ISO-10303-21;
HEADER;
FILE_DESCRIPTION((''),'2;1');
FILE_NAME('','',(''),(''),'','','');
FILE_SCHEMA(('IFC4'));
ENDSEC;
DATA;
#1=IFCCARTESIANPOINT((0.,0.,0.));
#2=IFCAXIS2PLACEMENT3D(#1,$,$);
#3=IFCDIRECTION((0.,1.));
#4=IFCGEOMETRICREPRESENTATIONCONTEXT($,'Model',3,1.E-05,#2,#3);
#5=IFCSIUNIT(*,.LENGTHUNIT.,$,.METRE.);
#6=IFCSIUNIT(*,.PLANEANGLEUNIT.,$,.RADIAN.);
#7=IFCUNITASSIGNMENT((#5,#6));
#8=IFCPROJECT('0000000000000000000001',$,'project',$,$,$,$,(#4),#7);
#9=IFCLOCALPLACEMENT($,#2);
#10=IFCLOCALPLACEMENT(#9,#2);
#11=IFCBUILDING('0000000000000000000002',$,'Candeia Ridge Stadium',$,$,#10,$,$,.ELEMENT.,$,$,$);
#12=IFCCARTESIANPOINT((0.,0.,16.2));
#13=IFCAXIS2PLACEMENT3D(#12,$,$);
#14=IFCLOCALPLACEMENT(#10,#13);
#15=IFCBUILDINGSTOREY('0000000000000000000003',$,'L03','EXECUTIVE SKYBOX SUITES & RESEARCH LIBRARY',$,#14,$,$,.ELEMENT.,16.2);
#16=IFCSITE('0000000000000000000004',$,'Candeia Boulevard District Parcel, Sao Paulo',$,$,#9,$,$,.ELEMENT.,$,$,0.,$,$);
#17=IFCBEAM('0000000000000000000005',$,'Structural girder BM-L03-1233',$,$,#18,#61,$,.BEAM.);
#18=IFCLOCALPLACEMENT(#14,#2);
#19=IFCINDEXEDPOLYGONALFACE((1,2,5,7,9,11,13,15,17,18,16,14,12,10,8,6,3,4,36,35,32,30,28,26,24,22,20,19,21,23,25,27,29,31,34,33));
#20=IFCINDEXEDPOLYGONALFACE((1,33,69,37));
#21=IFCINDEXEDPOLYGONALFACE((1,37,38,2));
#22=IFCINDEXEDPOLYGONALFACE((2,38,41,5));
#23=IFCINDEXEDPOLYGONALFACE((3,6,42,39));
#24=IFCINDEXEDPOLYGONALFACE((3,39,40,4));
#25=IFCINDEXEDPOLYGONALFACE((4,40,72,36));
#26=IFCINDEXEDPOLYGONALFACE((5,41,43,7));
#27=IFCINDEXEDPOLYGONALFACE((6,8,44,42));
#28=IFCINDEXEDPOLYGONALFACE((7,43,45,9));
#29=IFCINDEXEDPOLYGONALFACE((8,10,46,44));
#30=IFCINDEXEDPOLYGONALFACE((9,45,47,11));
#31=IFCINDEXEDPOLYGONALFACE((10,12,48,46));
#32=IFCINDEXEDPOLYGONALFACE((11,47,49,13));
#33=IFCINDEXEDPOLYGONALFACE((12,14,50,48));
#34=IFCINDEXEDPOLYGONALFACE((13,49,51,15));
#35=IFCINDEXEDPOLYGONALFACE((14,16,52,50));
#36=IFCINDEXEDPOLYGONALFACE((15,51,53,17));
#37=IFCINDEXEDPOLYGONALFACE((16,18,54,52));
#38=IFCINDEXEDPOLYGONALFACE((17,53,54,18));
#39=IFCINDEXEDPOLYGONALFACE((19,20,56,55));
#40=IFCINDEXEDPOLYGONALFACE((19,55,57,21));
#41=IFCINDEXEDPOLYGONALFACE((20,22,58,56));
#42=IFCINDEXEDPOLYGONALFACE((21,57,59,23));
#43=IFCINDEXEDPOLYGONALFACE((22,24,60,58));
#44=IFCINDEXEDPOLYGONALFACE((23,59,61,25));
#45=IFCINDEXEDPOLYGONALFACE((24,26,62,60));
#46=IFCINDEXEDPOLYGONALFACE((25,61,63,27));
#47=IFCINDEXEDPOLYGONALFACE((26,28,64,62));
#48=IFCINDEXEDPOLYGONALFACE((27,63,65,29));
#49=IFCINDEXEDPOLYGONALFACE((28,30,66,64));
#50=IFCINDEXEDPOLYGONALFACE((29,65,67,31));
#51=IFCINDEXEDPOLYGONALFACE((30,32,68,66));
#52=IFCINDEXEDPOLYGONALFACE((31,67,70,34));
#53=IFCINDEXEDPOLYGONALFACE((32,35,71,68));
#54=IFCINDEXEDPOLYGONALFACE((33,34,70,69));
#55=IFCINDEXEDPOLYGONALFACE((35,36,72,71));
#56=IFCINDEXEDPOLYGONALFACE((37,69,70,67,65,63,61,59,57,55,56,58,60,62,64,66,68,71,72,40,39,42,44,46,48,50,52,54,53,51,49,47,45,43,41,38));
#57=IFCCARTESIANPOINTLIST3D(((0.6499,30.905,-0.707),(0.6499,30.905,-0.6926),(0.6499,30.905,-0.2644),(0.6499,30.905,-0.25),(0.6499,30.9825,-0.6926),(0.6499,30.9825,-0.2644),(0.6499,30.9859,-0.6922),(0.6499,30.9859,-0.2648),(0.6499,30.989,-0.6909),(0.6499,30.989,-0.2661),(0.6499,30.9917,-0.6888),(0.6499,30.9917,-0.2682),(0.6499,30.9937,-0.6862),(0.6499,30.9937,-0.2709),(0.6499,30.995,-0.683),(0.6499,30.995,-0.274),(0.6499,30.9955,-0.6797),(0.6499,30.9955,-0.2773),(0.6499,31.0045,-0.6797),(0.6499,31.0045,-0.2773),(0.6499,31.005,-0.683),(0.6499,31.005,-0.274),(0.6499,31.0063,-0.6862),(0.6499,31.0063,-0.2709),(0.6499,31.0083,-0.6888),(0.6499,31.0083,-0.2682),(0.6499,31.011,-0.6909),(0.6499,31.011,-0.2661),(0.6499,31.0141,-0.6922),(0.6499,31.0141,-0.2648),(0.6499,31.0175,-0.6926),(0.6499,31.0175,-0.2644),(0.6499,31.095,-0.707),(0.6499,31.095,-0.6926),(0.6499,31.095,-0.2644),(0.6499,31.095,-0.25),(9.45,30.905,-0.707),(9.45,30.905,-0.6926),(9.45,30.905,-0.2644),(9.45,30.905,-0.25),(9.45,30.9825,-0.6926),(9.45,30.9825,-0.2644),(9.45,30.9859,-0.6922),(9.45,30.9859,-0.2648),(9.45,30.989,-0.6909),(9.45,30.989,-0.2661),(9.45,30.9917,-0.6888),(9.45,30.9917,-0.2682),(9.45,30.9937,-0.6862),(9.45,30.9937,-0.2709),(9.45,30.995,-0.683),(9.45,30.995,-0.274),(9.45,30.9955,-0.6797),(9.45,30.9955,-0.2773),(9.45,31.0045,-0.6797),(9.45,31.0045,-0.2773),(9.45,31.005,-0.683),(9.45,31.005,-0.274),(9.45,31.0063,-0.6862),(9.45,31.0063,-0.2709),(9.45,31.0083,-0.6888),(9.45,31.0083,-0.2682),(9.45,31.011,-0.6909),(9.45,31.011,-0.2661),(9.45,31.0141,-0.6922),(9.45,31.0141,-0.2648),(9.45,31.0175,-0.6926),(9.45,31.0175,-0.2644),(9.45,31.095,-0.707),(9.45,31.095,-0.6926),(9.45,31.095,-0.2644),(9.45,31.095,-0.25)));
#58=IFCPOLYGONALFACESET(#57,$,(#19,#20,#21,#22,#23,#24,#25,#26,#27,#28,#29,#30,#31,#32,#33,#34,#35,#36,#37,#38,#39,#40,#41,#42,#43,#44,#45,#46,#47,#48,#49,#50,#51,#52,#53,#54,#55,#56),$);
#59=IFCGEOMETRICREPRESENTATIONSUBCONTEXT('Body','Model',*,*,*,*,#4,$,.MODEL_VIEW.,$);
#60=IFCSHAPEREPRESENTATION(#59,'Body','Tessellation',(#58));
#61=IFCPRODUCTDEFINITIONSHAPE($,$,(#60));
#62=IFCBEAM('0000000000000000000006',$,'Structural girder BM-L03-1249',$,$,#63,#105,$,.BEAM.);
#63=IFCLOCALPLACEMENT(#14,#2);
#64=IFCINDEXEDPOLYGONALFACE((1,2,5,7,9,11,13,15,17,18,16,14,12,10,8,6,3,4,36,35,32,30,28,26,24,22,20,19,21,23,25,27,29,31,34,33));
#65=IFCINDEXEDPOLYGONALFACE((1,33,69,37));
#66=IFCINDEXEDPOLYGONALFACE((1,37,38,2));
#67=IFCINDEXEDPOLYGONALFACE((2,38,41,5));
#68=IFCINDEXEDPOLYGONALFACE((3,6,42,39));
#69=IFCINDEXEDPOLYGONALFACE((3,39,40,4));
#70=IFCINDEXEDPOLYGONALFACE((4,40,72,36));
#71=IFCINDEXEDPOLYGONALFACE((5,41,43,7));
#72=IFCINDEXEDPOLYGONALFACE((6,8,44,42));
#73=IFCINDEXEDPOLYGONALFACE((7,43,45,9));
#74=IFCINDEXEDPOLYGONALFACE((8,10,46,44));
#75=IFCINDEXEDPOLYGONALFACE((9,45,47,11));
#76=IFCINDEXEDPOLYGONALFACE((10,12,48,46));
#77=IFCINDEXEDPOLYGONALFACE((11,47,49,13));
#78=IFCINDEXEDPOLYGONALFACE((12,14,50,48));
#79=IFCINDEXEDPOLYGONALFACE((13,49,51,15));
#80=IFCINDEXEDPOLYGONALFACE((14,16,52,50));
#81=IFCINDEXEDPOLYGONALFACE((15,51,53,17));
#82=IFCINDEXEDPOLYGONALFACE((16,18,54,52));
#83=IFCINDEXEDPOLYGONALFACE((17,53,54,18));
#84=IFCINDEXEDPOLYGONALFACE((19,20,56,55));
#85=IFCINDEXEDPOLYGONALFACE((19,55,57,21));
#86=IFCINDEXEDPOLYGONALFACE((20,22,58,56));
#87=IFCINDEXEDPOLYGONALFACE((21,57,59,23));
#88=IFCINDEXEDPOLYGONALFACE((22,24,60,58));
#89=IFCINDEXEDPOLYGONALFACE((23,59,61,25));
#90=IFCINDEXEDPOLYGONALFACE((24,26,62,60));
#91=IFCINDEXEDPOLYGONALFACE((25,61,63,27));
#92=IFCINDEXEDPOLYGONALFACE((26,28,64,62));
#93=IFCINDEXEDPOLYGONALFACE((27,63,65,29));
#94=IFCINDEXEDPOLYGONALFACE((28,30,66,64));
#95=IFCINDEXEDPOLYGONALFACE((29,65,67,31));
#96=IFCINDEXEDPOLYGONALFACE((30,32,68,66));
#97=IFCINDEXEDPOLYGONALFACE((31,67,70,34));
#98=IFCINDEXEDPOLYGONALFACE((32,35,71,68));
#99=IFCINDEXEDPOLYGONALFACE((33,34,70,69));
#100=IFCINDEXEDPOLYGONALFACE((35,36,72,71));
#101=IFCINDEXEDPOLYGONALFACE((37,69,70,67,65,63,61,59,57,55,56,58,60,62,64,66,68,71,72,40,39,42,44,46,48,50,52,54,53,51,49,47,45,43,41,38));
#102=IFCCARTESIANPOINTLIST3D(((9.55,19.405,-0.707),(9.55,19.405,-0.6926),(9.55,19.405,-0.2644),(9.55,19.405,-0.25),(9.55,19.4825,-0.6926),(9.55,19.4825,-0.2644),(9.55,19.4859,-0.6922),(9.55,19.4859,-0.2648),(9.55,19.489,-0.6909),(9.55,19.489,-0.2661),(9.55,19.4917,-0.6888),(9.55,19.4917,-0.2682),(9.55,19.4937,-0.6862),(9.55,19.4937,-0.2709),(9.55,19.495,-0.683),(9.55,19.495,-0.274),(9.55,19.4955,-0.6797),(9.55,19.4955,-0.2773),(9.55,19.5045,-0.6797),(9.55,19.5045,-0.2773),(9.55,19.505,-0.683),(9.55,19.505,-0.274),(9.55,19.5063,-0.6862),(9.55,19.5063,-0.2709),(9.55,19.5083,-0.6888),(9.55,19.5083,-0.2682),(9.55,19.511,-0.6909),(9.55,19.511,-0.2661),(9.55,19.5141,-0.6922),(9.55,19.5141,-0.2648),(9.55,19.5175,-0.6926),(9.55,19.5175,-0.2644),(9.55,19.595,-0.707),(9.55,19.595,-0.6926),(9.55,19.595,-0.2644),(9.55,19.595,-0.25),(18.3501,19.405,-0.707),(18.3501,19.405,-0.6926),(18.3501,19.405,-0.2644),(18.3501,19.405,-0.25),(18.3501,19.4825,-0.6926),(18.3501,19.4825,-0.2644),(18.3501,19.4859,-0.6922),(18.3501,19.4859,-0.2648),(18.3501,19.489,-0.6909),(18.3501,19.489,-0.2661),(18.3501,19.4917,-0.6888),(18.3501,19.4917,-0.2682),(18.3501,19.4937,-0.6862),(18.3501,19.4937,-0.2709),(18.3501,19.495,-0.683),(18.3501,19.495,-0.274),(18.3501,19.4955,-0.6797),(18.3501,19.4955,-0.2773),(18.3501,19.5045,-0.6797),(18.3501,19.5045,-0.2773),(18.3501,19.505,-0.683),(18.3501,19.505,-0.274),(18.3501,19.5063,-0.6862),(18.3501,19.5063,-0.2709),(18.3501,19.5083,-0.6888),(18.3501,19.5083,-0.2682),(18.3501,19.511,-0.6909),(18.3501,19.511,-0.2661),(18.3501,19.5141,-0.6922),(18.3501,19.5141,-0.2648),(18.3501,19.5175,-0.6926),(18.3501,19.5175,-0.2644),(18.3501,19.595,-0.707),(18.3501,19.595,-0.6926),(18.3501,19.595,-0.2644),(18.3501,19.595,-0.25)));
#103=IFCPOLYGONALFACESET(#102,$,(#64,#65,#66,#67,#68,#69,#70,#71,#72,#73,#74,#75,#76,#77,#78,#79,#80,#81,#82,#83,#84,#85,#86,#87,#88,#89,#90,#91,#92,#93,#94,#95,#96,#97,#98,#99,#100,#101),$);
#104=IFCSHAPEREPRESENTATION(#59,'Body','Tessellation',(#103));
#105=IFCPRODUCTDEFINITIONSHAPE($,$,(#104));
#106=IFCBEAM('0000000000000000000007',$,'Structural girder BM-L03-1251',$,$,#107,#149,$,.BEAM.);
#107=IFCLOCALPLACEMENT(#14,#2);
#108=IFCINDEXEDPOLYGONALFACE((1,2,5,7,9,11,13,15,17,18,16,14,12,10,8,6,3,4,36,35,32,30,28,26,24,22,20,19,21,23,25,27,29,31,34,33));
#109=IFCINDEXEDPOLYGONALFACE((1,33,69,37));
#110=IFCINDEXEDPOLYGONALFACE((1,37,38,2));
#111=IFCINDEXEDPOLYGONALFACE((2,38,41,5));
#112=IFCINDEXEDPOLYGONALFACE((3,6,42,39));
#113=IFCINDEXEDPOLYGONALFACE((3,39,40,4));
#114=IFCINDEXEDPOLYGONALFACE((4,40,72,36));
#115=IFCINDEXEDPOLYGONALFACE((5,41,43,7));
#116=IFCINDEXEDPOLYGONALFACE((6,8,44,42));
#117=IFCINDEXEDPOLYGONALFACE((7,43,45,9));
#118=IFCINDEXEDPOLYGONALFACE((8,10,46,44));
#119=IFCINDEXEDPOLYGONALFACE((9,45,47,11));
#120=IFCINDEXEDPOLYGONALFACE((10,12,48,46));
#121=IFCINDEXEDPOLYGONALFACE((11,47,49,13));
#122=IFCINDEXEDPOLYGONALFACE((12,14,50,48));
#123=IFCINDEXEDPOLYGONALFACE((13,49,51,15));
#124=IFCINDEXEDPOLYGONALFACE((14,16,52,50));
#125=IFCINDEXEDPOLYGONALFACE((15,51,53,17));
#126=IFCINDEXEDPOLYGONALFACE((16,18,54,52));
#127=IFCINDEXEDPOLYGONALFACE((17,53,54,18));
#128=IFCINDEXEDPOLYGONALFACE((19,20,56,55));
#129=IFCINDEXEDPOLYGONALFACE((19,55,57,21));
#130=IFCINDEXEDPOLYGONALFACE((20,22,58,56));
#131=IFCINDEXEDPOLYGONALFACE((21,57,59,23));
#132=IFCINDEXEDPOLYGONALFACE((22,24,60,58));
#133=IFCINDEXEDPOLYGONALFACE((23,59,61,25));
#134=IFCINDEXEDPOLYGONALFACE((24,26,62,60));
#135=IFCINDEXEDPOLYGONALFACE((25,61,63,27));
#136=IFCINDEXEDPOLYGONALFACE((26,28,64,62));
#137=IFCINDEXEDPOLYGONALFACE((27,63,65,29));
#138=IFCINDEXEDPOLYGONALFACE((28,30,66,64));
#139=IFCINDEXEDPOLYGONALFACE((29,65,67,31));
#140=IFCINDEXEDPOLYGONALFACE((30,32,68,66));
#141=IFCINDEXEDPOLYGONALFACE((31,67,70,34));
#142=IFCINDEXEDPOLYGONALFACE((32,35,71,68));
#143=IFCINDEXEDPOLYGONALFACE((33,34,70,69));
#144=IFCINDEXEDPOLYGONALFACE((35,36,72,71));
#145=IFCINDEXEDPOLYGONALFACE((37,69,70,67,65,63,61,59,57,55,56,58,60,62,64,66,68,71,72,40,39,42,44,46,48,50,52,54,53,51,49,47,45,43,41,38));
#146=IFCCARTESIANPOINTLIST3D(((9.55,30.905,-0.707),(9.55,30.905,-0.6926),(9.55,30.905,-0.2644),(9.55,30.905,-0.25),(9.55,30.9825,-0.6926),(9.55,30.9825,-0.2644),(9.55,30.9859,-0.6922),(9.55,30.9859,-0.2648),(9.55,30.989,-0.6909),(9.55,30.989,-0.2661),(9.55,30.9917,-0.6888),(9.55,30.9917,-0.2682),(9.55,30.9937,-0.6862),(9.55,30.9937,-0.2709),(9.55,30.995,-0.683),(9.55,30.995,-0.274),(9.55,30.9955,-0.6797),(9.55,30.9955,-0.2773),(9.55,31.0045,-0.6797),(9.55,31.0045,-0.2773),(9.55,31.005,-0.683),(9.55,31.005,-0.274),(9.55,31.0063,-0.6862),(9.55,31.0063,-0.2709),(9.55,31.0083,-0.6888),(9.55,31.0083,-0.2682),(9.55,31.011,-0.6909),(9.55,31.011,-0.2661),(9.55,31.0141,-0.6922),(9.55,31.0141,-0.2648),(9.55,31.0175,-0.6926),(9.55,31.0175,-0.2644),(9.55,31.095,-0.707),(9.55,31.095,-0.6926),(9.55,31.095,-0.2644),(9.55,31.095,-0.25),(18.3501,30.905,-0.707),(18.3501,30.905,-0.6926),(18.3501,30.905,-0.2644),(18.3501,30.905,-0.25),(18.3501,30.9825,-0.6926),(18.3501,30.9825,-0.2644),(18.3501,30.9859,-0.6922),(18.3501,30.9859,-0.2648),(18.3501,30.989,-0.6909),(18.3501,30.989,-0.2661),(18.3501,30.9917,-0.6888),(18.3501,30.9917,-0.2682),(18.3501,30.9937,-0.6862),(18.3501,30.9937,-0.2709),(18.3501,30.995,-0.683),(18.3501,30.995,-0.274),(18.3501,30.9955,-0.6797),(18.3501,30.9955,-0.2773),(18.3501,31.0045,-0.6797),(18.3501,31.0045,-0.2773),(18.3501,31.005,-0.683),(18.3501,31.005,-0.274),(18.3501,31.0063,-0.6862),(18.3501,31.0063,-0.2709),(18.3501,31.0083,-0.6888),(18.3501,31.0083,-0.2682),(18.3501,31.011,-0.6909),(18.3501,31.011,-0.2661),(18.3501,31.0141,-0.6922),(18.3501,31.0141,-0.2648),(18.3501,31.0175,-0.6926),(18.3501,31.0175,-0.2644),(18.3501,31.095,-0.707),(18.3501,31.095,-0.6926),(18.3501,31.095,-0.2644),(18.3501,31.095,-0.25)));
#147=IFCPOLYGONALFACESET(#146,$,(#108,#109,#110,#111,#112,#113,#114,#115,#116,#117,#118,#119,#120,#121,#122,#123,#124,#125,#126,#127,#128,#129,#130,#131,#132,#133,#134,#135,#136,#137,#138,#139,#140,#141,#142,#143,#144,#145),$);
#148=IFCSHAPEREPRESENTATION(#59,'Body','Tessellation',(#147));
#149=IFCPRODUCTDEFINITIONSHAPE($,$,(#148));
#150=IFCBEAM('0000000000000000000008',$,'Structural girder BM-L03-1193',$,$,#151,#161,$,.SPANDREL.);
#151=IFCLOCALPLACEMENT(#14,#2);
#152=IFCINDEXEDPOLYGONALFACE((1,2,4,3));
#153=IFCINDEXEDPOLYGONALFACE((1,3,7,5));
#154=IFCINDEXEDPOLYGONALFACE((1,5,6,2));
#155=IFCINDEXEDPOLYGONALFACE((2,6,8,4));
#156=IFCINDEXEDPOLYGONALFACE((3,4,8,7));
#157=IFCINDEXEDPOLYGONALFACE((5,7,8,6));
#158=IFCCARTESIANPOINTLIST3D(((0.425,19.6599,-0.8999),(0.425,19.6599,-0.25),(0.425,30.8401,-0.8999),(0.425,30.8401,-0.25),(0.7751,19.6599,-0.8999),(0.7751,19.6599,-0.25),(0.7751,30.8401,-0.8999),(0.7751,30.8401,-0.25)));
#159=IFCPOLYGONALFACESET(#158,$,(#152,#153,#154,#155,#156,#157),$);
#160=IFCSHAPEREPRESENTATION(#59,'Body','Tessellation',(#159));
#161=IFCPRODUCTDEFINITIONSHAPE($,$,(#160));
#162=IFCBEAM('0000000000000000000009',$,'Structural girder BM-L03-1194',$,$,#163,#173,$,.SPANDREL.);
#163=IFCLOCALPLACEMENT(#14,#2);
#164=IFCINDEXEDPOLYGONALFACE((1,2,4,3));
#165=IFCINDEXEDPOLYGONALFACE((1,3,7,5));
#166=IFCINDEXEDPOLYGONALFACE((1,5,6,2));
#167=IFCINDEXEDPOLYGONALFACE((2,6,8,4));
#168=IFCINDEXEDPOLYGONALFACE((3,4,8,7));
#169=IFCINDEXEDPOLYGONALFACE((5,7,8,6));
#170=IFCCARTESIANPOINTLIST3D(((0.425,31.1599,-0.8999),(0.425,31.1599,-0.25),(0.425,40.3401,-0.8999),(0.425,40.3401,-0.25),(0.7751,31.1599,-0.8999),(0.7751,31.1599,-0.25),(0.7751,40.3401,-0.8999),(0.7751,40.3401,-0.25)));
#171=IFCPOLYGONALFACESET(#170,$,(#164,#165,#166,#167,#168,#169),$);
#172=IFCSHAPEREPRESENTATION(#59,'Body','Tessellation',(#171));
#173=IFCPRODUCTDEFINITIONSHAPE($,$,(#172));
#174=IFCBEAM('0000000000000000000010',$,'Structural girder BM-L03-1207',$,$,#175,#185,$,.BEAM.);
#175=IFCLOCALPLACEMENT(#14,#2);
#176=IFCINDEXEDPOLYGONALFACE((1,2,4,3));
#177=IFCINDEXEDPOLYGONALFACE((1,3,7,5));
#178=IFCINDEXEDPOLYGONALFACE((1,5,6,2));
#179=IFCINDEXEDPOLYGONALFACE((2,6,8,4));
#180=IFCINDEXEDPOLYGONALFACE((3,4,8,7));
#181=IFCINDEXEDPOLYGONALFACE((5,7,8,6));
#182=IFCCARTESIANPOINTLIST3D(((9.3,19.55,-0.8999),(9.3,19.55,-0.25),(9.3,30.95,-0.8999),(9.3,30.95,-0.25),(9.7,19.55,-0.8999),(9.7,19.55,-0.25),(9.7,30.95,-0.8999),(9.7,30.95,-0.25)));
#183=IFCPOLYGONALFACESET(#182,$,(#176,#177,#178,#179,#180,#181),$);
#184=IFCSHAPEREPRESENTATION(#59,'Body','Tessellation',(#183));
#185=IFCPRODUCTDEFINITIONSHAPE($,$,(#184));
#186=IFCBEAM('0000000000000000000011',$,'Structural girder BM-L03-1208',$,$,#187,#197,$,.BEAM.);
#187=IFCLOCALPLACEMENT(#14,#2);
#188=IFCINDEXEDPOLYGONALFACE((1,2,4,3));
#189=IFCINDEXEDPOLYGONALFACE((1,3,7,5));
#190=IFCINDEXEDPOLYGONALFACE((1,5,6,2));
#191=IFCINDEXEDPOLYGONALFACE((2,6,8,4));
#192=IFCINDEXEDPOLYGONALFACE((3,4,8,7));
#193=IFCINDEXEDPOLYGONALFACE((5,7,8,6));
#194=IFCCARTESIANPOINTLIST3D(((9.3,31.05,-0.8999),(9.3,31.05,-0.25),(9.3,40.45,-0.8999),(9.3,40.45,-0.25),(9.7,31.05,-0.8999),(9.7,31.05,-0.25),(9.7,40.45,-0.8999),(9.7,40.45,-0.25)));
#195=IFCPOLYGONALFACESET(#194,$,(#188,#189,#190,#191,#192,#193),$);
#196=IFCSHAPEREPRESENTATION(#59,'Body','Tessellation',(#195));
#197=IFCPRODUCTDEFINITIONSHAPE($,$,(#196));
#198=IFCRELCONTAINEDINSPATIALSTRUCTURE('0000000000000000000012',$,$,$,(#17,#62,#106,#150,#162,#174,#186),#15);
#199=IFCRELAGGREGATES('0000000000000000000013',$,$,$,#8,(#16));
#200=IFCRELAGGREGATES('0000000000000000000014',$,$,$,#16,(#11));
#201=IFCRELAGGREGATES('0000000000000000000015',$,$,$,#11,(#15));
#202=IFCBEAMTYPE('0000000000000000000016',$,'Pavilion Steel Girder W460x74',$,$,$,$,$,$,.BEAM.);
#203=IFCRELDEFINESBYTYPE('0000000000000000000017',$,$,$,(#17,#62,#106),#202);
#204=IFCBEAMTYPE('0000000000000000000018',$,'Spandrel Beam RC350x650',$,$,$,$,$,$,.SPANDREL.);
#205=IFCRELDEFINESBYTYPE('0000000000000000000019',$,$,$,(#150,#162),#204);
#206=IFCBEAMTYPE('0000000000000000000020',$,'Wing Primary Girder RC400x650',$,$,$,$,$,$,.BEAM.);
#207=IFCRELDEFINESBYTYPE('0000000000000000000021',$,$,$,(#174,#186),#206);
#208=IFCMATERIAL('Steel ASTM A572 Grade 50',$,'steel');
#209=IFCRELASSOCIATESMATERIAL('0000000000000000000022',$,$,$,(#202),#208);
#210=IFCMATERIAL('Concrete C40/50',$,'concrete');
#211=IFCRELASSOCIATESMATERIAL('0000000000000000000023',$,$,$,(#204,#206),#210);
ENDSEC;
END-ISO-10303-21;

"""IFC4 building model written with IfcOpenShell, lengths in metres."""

from ifc_helpers import new_model, si_unit, direction, frame, origin, origin_2d, place, context, subcontext, project, spatial, rectangle, i_section, extrude, material, material_profile, profile_set, type_object, element, save


model = new_model("IFC4")

# Units and contexts
model_context = context("Model", 3, precision=1e-05, world=origin(), true_north=direction((0.0, 1.0)))
body_context = subcontext(model_context, "Body", "Model", "MODEL_VIEW")
ifc_project = project(units=[si_unit("LENGTHUNIT", "METRE"), si_unit("PLANEANGLEUNIT", "RADIAN")], contexts=[model_context])

# Site, building, storey
site_placement = place(None, origin())
site = spatial("IfcSite", under=ifc_project, at=site_placement, Name="Candeia Boulevard District Parcel, Sao Paulo", CompositionType="ELEMENT", RefElevation=0.0)
building_placement = place(site_placement, origin())
building = spatial("IfcBuilding", under=site, at=building_placement, Name="Candeia Ridge Stadium", CompositionType="ELEMENT")
storey_placement = place(building_placement, frame((0.0, 0.0, 16.2)))
storey = spatial("IfcBuildingStorey", under=building, at=storey_placement, Name="L03", Description="EXECUTIVE SKYBOX SUITES & RESEARCH LIBRARY", CompositionType="ELEMENT", Elevation=16.2)

# Shared definitions
ifc_material_1 = material(Name="Concrete C40/50", Category="concrete")

# Beams
ifc_material_2 = material(Name="Steel ASTM A572 Grade 50", Category="steel")
ifc_material_profile_1 = material_profile(ifc_material_2, i_section(OverallWidth=0.1899, OverallDepth=0.457, WebThickness=0.009, FlangeThickness=0.0144, FilletRadius=0.0129, at=origin_2d()), Name="W460x74", Category="steel")
ifc_profile_set_1 = profile_set([ifc_material_profile_1], Name="Steel ASTM A572 Grade 50")
beam_type_1 = type_object("IfcBeamType", Name="Pavilion Steel Girder W460x74", PredefinedType="BEAM", material=ifc_profile_set_1)
for number, where, z_axis, x_axis, name in (
    (1, (0.6499, 31.0, -0.4785), (1.0, 0.0, 0.0), (0.0, 1.0, 0.0), "Structural girder BM-L03-1233"),
    (2, (9.55, 19.5, -0.4785), (1.0, 0.0, 0.0), (0.0, 1.0, 0.0), "Structural girder BM-L03-1249"),
    (3, (9.55, 31.0, -0.4785), (1.0, 0.0, 0.0), (0.0, 1.0, 0.0), "Structural girder BM-L03-1251"),
):
    element("IfcBeam", number, at=place(storey_placement, frame(where, z_axis=z_axis, x_axis=x_axis)), inside=storey, type_object=beam_type_1, Name=name, PredefinedType="BEAM", context=body_context, shape_type="SweptSolid", body=[
        extrude(i_section(OverallWidth=0.1899, OverallDepth=0.457, WebThickness=0.009, FlangeThickness=0.0144, FilletRadius=0.0129, at=origin_2d()), origin(), (0.0, 0.0, 1.0), 8.8),
    ])
ifc_material_profile_2 = material_profile(ifc_material_1, rectangle(XDim=0.3501, YDim=0.6499, at=origin_2d()), Name="RC350x650", Category="concrete")
ifc_profile_set_2 = profile_set([ifc_material_profile_2], Name="Concrete C40/50")
beam_type_2 = type_object("IfcBeamType", Name="Spandrel Beam RC350x650", PredefinedType="SPANDREL", material=ifc_profile_set_2)
beam_1_placement = place(storey_placement, frame((0.6001, 19.6599, -0.575), z_axis=(0.0, 1.0, 0.0), x_axis=(-1.0, 0.0, 0.0)))
element("IfcBeam", 4, at=beam_1_placement, inside=storey, type_object=beam_type_2, Name="Structural girder BM-L03-1193", PredefinedType="SPANDREL", context=body_context, shape_type="SweptSolid", body=[
    extrude(rectangle(XDim=0.3501, YDim=0.6499, at=origin_2d()), origin(), (0.0, 0.0, 1.0), 11.1802),
])
beam_2_placement = place(storey_placement, frame((0.6001, 31.1599, -0.575), z_axis=(0.0, 1.0, 0.0), x_axis=(-1.0, 0.0, 0.0)))
element("IfcBeam", 5, at=beam_2_placement, inside=storey, type_object=beam_type_2, Name="Structural girder BM-L03-1194", PredefinedType="SPANDREL", context=body_context, shape_type="SweptSolid", body=[
    extrude(rectangle(XDim=0.3501, YDim=0.6499, at=origin_2d()), origin(), (0.0, 0.0, 1.0), 9.1802),
])
ifc_material_profile_3 = material_profile(ifc_material_1, rectangle(XDim=0.3999, YDim=0.6499, at=origin_2d()), Name="RC400x650", Category="concrete")
ifc_profile_set_3 = profile_set([ifc_material_profile_3], Name="Concrete C40/50")
beam_type_3 = type_object("IfcBeamType", Name="Wing Primary Girder RC400x650", PredefinedType="BEAM", material=ifc_profile_set_3)
beam_3_placement = place(storey_placement, frame((9.5, 19.55, -0.575), z_axis=(0.0, 1.0, 0.0), x_axis=(-1.0, 0.0, 0.0)))
element("IfcBeam", 6, at=beam_3_placement, inside=storey, type_object=beam_type_3, Name="Structural girder BM-L03-1207", PredefinedType="BEAM", context=body_context, shape_type="SweptSolid", body=[
    extrude(rectangle(XDim=0.3999, YDim=0.6499, at=origin_2d()), origin(), (0.0, 0.0, 1.0), 11.3999),
])
beam_4_placement = place(storey_placement, frame((9.5, 31.05, -0.575), z_axis=(0.0, 1.0, 0.0), x_axis=(-1.0, 0.0, 0.0)))
element("IfcBeam", 7, at=beam_4_placement, inside=storey, type_object=beam_type_3, Name="Structural girder BM-L03-1208", PredefinedType="BEAM", context=body_context, shape_type="SweptSolid", body=[
    extrude(rectangle(XDim=0.3999, YDim=0.6499, at=origin_2d()), origin(), (0.0, 0.0, 1.0), 9.3999),
])

save(model, "model.ifc")
